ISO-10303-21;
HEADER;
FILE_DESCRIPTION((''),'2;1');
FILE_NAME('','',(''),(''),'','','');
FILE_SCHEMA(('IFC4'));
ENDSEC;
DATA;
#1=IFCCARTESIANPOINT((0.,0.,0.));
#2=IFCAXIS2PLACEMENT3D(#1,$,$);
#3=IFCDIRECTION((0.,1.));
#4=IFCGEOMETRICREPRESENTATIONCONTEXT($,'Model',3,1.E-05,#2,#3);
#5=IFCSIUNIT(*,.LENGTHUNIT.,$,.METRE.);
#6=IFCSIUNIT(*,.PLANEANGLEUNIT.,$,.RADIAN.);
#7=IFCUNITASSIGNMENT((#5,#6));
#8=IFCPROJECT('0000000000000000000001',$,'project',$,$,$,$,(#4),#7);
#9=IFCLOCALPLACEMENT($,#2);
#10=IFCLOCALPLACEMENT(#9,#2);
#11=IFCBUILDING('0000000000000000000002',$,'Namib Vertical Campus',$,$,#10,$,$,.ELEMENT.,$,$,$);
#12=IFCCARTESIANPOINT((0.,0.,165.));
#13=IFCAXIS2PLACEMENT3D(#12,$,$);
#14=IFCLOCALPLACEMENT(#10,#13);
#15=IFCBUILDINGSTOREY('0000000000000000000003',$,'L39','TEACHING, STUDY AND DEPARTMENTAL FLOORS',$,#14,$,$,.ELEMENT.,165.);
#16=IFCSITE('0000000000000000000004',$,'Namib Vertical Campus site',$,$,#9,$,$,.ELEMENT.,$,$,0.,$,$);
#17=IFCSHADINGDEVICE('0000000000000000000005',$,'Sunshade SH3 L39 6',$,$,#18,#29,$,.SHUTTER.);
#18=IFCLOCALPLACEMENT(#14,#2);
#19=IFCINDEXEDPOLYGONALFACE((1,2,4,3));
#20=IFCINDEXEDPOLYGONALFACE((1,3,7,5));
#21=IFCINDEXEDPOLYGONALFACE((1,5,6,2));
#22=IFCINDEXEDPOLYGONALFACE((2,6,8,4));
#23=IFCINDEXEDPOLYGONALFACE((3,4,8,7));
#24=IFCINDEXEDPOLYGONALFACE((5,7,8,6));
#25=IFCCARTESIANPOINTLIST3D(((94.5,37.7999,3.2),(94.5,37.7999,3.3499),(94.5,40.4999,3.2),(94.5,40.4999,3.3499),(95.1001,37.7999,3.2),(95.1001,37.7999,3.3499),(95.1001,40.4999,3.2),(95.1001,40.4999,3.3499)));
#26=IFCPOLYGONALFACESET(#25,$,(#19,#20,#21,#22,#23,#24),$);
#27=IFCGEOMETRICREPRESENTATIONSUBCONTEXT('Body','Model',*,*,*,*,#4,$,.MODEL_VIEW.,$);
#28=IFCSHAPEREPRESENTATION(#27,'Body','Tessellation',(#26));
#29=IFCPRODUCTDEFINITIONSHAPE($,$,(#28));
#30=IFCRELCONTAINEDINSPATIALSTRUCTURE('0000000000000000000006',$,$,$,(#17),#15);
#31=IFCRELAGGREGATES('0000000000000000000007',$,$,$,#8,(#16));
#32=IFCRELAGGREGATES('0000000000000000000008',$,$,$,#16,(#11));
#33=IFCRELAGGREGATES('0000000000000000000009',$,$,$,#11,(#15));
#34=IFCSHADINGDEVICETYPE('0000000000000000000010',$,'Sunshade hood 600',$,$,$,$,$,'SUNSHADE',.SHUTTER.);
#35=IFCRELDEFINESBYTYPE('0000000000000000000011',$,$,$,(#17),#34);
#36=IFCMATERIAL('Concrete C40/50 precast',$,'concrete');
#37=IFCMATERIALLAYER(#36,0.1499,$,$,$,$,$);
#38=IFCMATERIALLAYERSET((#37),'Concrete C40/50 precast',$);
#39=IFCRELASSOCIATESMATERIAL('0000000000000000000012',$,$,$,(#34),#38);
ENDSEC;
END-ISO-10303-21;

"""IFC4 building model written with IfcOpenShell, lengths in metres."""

from ifc_helpers import new_model, si_unit, direction, frame, origin, origin_2d, place, context, subcontext, project, spatial, rectangle, extrude, material, layer, layer_set, type_object, element, save


model = new_model("IFC4")

# Units and contexts
model_context = context("Model", 3, precision=1e-05, world=origin(), true_north=direction((0.0, 1.0)))
body_context = subcontext(model_context, "Body", "Model", "MODEL_VIEW")
ifc_project = project(units=[si_unit("LENGTHUNIT", "METRE"), si_unit("PLANEANGLEUNIT", "RADIAN")], contexts=[model_context])

# Site, building, storey
site_placement = place(None, origin())
site = spatial("IfcSite", under=ifc_project, at=site_placement, Name="Namib Vertical Campus site", CompositionType="ELEMENT", RefElevation=0.0)
building_placement = place(site_placement, origin())
building = spatial("IfcBuilding", under=site, at=building_placement, Name="Namib Vertical Campus", CompositionType="ELEMENT")
storey_placement = place(building_placement, frame((0.0, 0.0, 165.0)))
storey = spatial("IfcBuildingStorey", under=building, at=storey_placement, Name="L39", Description="TEACHING, STUDY AND DEPARTMENTAL FLOORS", CompositionType="ELEMENT", Elevation=165.0)

# Shading device
ifc_material_1 = material(Name="Concrete C40/50 precast", Category="concrete")
ifc_layer_1 = layer(ifc_material_1, 0.1499)
ifc_layer_set_1 = layer_set([ifc_layer_1], Name="Concrete C40/50 precast")
shading_device_type = type_object("IfcShadingDeviceType", Name="Sunshade hood 600", ElementType="SUNSHADE", PredefinedType="SHUTTER", material=ifc_layer_set_1)
shading_device_placement = place(storey_placement, frame((94.8, 39.1499, 3.2), z_axis=(0.0, 0.0, 1.0), x_axis=(0.0, 1.0, 0.0)))
element("IfcShadingDevice", 1, at=shading_device_placement, inside=storey, type_object=shading_device_type, Name="Sunshade SH3 L39 6", PredefinedType="SHUTTER", context=body_context, shape_type="SweptSolid", body=[
    extrude(rectangle(XDim=2.7, YDim=0.6001, at=origin_2d()), origin(), (0.0, 0.0, 1.0), 0.1499),
])

save(model, "model.ifc")
